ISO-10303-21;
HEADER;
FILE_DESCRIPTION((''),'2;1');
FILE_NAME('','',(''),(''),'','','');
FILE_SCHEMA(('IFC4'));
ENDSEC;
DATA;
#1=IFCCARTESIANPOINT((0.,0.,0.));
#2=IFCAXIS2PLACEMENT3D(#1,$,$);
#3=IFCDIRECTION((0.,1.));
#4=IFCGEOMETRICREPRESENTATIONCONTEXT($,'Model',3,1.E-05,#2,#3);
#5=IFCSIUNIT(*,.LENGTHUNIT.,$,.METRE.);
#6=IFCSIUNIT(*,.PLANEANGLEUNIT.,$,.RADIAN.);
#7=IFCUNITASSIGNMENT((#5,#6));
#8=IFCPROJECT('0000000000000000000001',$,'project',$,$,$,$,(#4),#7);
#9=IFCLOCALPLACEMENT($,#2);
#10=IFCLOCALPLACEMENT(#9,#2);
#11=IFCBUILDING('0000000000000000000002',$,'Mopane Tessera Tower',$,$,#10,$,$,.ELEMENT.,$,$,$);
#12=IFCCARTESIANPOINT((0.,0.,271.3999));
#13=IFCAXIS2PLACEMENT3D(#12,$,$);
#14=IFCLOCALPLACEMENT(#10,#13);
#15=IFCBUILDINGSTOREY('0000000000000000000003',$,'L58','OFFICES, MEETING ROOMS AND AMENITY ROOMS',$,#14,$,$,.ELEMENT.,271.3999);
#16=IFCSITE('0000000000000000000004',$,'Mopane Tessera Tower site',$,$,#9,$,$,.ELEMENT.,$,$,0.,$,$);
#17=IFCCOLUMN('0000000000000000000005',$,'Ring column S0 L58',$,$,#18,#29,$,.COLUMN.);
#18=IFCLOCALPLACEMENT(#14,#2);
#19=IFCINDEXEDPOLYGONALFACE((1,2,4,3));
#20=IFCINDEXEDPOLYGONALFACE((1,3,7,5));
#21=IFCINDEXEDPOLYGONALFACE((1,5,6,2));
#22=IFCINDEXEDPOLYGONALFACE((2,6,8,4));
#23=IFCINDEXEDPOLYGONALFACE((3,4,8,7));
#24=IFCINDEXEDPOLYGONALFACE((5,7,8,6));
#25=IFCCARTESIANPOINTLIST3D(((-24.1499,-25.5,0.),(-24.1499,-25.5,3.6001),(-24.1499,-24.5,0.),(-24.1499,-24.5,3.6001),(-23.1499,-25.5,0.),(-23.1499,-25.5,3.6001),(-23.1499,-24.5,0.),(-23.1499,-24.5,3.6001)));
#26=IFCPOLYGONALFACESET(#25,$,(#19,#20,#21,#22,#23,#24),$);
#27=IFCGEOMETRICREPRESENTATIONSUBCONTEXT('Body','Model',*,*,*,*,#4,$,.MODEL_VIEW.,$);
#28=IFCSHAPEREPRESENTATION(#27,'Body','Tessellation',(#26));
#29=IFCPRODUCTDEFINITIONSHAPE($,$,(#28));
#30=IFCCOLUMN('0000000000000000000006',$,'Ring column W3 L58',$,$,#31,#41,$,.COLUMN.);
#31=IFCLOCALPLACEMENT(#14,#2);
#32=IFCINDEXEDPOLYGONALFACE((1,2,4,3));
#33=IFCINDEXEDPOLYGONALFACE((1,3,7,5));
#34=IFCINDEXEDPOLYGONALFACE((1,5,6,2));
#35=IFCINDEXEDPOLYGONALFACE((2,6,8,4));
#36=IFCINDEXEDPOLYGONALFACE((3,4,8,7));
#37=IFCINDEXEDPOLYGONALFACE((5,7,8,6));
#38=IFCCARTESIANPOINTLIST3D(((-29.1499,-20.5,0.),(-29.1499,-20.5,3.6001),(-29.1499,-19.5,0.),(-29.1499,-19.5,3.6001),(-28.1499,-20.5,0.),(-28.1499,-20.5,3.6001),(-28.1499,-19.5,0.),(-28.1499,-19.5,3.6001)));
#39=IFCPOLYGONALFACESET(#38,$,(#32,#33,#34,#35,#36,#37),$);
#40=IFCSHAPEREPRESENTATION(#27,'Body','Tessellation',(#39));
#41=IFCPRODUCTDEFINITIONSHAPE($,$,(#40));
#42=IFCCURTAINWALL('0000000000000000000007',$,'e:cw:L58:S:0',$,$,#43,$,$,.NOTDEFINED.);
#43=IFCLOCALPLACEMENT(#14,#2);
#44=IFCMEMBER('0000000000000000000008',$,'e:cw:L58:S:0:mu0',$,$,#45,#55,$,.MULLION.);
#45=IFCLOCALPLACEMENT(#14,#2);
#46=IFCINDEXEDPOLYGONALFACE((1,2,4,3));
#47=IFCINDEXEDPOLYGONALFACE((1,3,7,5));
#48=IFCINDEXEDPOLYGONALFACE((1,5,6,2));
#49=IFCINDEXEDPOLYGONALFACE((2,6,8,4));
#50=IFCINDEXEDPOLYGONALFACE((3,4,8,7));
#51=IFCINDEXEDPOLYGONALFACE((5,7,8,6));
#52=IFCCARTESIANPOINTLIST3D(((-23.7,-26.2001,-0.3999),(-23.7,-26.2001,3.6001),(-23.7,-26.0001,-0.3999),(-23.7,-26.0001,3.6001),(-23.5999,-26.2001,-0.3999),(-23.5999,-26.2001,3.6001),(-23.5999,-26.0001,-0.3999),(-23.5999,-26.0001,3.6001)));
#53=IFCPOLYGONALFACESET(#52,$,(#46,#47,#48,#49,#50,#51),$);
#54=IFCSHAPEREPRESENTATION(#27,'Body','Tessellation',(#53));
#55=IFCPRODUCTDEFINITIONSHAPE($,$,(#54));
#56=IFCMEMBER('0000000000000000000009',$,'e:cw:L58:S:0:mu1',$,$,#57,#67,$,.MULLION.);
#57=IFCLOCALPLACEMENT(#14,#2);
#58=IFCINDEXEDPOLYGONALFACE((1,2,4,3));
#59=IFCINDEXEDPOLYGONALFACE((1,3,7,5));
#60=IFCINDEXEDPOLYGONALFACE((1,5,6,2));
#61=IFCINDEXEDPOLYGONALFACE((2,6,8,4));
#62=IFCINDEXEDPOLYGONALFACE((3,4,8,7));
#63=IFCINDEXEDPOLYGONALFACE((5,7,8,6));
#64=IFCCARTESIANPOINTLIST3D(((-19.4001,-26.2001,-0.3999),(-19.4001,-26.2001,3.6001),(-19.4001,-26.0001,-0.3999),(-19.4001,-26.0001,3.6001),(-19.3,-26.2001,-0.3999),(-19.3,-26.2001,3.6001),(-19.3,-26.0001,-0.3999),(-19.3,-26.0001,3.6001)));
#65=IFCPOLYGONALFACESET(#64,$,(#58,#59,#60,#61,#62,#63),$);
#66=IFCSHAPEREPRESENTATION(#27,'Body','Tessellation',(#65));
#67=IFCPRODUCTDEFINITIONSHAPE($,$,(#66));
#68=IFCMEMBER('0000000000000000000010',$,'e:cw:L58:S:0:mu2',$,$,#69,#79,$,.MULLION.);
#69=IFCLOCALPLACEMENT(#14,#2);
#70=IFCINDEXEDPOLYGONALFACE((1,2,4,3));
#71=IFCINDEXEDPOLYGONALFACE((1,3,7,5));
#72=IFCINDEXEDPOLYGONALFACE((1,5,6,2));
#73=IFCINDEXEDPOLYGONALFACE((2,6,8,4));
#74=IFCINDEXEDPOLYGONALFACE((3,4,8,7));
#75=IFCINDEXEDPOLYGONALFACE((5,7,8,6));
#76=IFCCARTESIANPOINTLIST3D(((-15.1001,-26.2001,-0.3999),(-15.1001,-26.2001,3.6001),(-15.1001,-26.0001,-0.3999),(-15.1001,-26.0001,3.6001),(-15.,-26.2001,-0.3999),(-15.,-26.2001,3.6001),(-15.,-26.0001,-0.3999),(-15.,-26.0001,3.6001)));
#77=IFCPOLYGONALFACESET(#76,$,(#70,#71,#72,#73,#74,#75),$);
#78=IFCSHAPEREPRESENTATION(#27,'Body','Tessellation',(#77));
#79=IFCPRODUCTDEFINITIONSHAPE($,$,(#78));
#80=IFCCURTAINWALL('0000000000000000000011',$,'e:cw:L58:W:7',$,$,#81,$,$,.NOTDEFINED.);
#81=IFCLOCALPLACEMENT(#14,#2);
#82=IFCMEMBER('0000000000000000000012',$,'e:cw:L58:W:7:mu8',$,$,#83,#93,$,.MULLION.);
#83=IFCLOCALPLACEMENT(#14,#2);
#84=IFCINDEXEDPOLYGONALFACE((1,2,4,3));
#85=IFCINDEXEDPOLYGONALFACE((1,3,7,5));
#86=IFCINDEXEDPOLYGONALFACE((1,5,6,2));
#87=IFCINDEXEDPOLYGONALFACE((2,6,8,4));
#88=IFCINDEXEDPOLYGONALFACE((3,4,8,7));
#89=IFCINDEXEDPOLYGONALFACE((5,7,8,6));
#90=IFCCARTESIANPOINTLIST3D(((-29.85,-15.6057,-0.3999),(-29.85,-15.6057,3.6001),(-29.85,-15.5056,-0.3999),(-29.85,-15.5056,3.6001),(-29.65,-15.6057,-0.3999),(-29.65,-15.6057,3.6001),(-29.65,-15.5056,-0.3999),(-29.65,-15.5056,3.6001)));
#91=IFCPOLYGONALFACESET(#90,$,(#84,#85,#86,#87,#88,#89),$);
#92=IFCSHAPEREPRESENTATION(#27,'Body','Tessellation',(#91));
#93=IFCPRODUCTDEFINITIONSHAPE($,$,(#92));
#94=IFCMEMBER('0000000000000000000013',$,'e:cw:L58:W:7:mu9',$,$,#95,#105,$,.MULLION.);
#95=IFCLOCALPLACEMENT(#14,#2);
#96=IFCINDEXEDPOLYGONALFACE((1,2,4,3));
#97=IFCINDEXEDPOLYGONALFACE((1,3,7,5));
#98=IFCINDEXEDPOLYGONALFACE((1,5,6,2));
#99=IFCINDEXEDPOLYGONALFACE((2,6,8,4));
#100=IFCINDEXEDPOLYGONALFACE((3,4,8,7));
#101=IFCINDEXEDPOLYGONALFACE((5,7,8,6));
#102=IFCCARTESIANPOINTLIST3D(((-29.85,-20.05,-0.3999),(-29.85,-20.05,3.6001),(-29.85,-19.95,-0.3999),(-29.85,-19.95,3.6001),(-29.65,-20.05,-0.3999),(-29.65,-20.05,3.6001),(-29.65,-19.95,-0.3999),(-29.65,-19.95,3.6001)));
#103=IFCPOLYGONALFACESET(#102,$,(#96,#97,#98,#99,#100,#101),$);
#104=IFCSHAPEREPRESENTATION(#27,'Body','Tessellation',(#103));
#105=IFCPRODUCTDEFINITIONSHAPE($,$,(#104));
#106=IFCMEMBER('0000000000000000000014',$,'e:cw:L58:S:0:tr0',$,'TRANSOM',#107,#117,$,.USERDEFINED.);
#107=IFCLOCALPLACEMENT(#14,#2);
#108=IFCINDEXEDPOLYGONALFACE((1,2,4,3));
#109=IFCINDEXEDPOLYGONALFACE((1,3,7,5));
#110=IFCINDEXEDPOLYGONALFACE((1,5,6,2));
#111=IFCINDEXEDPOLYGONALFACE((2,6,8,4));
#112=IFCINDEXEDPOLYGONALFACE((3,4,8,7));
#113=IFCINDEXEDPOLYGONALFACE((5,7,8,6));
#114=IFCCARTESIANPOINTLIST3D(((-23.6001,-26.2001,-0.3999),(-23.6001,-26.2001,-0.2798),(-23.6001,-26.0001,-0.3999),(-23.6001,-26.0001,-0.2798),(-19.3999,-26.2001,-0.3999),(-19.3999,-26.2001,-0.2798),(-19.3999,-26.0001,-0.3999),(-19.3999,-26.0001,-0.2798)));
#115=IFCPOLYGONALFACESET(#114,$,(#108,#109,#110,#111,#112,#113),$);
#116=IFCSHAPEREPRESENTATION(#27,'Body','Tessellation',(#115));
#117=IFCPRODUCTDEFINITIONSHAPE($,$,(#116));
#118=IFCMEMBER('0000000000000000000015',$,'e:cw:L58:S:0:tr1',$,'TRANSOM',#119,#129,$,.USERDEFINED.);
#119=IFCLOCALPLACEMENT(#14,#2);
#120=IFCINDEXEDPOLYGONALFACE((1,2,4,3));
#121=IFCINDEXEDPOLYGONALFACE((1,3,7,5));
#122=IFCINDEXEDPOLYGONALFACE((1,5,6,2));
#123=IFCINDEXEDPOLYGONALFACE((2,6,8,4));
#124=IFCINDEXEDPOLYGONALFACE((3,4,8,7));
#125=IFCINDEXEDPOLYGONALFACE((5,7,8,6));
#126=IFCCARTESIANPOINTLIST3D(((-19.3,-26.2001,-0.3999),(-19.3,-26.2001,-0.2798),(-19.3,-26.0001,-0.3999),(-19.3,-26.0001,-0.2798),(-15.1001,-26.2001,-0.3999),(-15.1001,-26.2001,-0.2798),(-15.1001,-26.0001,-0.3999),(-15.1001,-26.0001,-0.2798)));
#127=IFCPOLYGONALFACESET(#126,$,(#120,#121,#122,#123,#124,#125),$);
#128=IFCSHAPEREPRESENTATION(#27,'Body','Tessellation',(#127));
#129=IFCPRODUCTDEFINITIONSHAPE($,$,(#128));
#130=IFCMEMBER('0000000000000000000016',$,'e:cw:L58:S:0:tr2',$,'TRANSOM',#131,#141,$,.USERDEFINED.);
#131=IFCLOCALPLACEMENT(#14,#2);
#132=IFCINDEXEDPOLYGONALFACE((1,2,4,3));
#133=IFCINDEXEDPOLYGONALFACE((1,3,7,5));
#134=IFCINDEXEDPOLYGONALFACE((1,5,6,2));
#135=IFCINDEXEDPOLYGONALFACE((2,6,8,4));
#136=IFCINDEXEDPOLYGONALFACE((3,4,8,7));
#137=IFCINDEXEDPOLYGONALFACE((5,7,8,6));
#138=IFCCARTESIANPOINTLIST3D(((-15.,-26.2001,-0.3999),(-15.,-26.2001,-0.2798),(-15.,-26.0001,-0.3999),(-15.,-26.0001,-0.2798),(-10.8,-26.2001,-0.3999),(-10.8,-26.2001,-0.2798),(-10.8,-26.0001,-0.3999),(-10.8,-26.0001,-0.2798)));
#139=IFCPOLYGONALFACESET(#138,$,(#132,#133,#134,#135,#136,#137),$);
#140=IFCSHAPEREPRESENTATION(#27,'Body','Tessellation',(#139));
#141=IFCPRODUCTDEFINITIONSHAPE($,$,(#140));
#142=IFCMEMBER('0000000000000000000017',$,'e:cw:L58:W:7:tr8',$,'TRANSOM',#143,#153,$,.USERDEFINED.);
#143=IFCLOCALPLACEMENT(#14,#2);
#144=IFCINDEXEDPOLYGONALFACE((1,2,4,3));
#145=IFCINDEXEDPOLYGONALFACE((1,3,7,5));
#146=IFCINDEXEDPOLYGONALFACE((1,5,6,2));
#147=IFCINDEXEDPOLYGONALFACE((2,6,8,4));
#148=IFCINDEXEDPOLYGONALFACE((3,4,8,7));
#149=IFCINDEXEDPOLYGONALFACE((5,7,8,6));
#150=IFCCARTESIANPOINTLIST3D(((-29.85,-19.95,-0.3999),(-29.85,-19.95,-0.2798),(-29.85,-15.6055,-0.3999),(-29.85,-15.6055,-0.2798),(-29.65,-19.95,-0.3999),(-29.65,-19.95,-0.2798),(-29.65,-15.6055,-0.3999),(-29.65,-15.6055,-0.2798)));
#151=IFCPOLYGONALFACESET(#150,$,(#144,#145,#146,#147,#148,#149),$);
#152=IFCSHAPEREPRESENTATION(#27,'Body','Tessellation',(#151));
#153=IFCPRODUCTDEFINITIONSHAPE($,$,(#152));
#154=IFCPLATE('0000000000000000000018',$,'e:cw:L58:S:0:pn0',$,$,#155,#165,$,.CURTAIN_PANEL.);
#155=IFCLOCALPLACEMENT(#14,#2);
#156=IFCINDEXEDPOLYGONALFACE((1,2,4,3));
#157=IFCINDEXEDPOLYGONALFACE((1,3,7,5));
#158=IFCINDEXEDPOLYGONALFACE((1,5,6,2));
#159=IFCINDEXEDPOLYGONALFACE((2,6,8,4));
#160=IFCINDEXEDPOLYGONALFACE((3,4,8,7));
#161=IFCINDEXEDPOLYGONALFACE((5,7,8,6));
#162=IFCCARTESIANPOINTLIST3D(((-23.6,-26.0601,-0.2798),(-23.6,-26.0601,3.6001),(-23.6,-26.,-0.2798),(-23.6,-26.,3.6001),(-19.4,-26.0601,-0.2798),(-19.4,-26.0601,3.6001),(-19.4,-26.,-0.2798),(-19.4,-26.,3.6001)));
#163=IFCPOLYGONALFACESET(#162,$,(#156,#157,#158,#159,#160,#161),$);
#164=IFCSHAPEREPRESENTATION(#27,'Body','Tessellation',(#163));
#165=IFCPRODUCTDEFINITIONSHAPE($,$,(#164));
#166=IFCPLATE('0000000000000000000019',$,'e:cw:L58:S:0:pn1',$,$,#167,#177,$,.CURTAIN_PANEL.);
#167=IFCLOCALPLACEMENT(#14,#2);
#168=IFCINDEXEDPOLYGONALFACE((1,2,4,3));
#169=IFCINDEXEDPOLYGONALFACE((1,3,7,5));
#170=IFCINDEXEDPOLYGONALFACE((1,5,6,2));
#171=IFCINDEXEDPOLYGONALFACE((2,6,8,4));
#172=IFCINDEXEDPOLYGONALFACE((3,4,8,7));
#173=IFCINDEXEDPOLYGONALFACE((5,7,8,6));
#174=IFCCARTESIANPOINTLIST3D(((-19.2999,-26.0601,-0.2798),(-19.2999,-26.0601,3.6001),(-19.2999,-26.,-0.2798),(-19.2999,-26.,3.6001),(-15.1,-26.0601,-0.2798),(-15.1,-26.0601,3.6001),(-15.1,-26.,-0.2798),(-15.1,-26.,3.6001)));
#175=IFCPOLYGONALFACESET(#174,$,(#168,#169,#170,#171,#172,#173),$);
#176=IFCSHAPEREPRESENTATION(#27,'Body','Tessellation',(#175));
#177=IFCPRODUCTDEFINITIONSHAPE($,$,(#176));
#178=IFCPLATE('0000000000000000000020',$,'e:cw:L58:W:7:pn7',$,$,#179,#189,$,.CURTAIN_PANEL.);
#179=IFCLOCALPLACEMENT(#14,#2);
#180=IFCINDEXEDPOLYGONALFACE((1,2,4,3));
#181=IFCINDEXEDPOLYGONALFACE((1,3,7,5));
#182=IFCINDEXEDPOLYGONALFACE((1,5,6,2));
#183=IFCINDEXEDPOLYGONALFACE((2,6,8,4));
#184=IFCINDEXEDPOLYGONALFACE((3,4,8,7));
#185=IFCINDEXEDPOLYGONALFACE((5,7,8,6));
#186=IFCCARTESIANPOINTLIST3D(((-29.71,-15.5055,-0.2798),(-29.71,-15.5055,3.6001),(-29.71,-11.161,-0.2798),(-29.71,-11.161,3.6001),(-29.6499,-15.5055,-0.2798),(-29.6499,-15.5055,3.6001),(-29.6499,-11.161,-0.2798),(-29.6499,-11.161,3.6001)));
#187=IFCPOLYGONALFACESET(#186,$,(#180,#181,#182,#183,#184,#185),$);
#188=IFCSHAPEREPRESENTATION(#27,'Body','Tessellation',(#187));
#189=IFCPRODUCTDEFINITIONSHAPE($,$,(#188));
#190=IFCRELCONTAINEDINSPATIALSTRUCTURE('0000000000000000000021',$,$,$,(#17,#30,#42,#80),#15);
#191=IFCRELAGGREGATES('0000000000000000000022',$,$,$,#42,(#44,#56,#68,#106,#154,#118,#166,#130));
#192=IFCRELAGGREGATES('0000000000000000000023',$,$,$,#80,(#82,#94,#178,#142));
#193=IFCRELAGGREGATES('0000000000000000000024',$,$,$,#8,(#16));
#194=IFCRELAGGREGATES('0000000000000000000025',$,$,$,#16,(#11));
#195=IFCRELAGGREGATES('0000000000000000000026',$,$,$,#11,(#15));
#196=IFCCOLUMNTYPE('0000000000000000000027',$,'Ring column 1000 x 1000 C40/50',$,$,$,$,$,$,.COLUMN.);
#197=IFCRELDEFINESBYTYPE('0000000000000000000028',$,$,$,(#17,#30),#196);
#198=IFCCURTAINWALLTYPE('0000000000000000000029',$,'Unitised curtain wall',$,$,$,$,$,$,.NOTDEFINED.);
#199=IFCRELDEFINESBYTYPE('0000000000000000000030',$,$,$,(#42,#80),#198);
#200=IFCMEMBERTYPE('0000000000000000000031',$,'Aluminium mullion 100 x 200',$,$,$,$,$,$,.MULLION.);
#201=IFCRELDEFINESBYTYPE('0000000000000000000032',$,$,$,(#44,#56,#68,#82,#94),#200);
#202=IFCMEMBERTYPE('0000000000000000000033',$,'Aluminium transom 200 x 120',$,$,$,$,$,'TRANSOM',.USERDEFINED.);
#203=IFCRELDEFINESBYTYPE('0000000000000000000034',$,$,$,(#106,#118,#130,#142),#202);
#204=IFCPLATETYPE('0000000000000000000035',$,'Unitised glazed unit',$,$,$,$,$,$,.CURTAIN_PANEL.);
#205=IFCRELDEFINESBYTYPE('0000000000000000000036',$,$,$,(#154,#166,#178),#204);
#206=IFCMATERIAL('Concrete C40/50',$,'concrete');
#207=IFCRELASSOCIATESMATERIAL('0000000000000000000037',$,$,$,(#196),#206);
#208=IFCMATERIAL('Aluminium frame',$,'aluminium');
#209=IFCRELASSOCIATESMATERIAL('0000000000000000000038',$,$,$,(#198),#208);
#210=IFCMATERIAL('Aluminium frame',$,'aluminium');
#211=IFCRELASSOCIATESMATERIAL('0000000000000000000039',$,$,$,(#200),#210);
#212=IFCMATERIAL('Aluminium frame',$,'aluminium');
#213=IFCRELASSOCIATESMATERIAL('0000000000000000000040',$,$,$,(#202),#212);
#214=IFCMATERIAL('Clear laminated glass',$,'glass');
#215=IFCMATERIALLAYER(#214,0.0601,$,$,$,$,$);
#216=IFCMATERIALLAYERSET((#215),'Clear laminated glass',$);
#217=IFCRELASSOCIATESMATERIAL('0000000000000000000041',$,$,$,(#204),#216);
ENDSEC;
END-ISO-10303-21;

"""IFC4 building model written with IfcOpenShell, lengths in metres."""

from ifc_helpers import new_model, si_unit, direction, frame, origin, origin_2d, place, context, subcontext, project, spatial, rectangle, extrude, material, layer, layer_set, material_profile, profile_set, type_object, element, aggregate, save


model = new_model("IFC4")

# Units and contexts
model_context = context("Model", 3, precision=1e-05, world=origin(), true_north=direction((0.0, 1.0)))
body_context = subcontext(model_context, "Body", "Model", "MODEL_VIEW")
ifc_project = project(units=[si_unit("LENGTHUNIT", "METRE"), si_unit("PLANEANGLEUNIT", "RADIAN")], contexts=[model_context])

# Site, building, storey
site_placement = place(None, origin())
site = spatial("IfcSite", under=ifc_project, at=site_placement, Name="Mopane Tessera Tower site", CompositionType="ELEMENT", RefElevation=0.0)
building_placement = place(site_placement, origin())
building = spatial("IfcBuilding", under=site, at=building_placement, Name="Mopane Tessera Tower", CompositionType="ELEMENT")
storey_placement = place(building_placement, frame((0.0, 0.0, 271.3999)))
storey = spatial("IfcBuildingStorey", under=building, at=storey_placement, Name="L58", Description="OFFICES, MEETING ROOMS AND AMENITY ROOMS", CompositionType="ELEMENT", Elevation=271.3999)

# Columns
ifc_material_1 = material(Name="Concrete C40/50", Category="concrete")
ifc_material_profile_1 = material_profile(ifc_material_1, rectangle(XDim=1.0, YDim=1.0, at=origin_2d()))
ifc_profile_set_1 = profile_set([ifc_material_profile_1], Name="Concrete C40/50")
column_type = type_object("IfcColumnType", Name="Ring column 1000 x 1000 C40/50", PredefinedType="COLUMN", material=ifc_profile_set_1)
for number, where, z_axis, x_axis, name in (
    (1, (-23.6499, -25.0, 0.0), (0.0, 0.0, 1.0), (1.0, 0.0, 0.0), "Ring column S0 L58"),
    (2, (-28.6499, -20.0, 0.0), (0.0, 0.0, 1.0), (1.0, 0.0, 0.0), "Ring column W3 L58"),
):
    element("IfcColumn", number, at=place(storey_placement, frame(where, z_axis=z_axis, x_axis=x_axis)), inside=storey, type_object=column_type, Name=name, PredefinedType="COLUMN", context=body_context, shape_type="SweptSolid", body=[
        extrude(rectangle(XDim=1.0, YDim=1.0, at=origin_2d()), origin(), (0.0, 0.0, 1.0), 3.6001),
    ])

# Curtain walls, members
ifc_material_2 = material(Name="Aluminium frame", Category="aluminium")
curtain_wall_type = type_object("IfcCurtainWallType", Name="Unitised curtain wall", PredefinedType="NOTDEFINED", material=ifc_material_2)
curtain_wall_1_placement = place(storey_placement, origin())
curtain_wall_1 = element("IfcCurtainWall", 3, at=curtain_wall_1_placement, inside=storey, type_object=curtain_wall_type, Name="e:cw:L58:S:0", PredefinedType="NOTDEFINED")
ifc_material_3 = material(Name="Aluminium frame", Category="aluminium")
ifc_material_profile_2 = material_profile(ifc_material_3, rectangle(XDim=0.1001, YDim=0.2, at=origin_2d()))
ifc_profile_set_2 = profile_set([ifc_material_profile_2], Name="Aluminium frame")
member_type_1 = type_object("IfcMemberType", Name="Aluminium mullion 100 x 200", PredefinedType="MULLION", material=ifc_profile_set_2)
member_1_placement = place(storey_placement, frame((-23.6499, -26.1001, -0.3999), z_axis=(0.0, 0.0, 1.0), x_axis=(1.0, 0.0, 0.0)))
member_1 = element("IfcMember", 4, at=member_1_placement, type_object=member_type_1, Name="e:cw:L58:S:0:mu0", PredefinedType="MULLION", context=body_context, shape_type="SweptSolid", body=[
    extrude(rectangle(XDim=0.1001, YDim=0.2, at=origin_2d()), origin(), (0.0, 0.0, 1.0), 4.0),
])
member_2_placement = place(storey_placement, frame((-19.3501, -26.1001, -0.3999), z_axis=(0.0, 0.0, 1.0), x_axis=(1.0, 0.0, 0.0)))
member_2 = element("IfcMember", 5, at=member_2_placement, type_object=member_type_1, Name="e:cw:L58:S:0:mu1", PredefinedType="MULLION", context=body_context, shape_type="SweptSolid", body=[
    extrude(rectangle(XDim=0.1001, YDim=0.2, at=origin_2d()), origin(), (0.0, 0.0, 1.0), 4.0),
])
member_3_placement = place(storey_placement, frame((-15.05, -26.1001, -0.3999), z_axis=(0.0, 0.0, 1.0), x_axis=(1.0, 0.0, 0.0)))
member_3 = element("IfcMember", 6, at=member_3_placement, type_object=member_type_1, Name="e:cw:L58:S:0:mu2", PredefinedType="MULLION", context=body_context, shape_type="SweptSolid", body=[
    extrude(rectangle(XDim=0.1001, YDim=0.2, at=origin_2d()), origin(), (0.0, 0.0, 1.0), 4.0),
])
curtain_wall_2_placement = place(storey_placement, origin())
curtain_wall_2 = element("IfcCurtainWall", 7, at=curtain_wall_2_placement, inside=storey, type_object=curtain_wall_type, Name="e:cw:L58:W:7", PredefinedType="NOTDEFINED")
member_4_placement = place(storey_placement, frame((-29.75, -15.5557, -0.3999), z_axis=(0.0, 0.0, 1.0), x_axis=(0.0, -1.0, 0.0)))
member_4 = element("IfcMember", 8, at=member_4_placement, type_object=member_type_1, Name="e:cw:L58:W:7:mu8", PredefinedType="MULLION", context=body_context, shape_type="SweptSolid", body=[
    extrude(rectangle(XDim=0.1001, YDim=0.2, at=origin_2d()), origin(), (0.0, 0.0, 1.0), 4.0),
])
member_5_placement = place(storey_placement, frame((-29.75, -20.0, -0.3999), z_axis=(0.0, 0.0, 1.0), x_axis=(0.0, -1.0, 0.0)))
member_5 = element("IfcMember", 9, at=member_5_placement, type_object=member_type_1, Name="e:cw:L58:W:7:mu9", PredefinedType="MULLION", context=body_context, shape_type="SweptSolid", body=[
    extrude(rectangle(XDim=0.1001, YDim=0.2, at=origin_2d()), origin(), (0.0, 0.0, 1.0), 4.0),
])

# Members
ifc_material_4 = material(Name="Aluminium frame", Category="aluminium")
ifc_material_profile_3 = material_profile(ifc_material_4, rectangle(XDim=0.2, YDim=0.1201, at=origin_2d()))
ifc_profile_set_3 = profile_set([ifc_material_profile_3], Name="Aluminium frame")
member_type_2 = type_object("IfcMemberType", Name="Aluminium transom 200 x 120", ElementType="TRANSOM", PredefinedType="USERDEFINED", material=ifc_profile_set_3)
member_6_placement = place(storey_placement, frame((-23.6001, -26.1001, -0.3398), z_axis=(1.0, 0.0, 0.0), x_axis=(0.0, 1.0, 0.0)))
member_6 = element("IfcMember", 10, at=member_6_placement, type_object=member_type_2, Name="e:cw:L58:S:0:tr0", ObjectType="TRANSOM", PredefinedType="USERDEFINED", context=body_context, shape_type="SweptSolid", body=[
    extrude(rectangle(XDim=0.2, YDim=0.1201, at=origin_2d()), origin(), (0.0, 0.0, 1.0), 4.2002),
])
member_7_placement = place(storey_placement, frame((-19.3, -26.1001, -0.3398), z_axis=(1.0, 0.0, 0.0), x_axis=(0.0, 1.0, 0.0)))
member_7 = element("IfcMember", 11, at=member_7_placement, type_object=member_type_2, Name="e:cw:L58:S:0:tr1", ObjectType="TRANSOM", PredefinedType="USERDEFINED", context=body_context, shape_type="SweptSolid", body=[
    extrude(rectangle(XDim=0.2, YDim=0.1201, at=origin_2d()), origin(), (0.0, 0.0, 1.0), 4.2),
])
member_8_placement = place(storey_placement, frame((-15.0, -26.1001, -0.3398), z_axis=(1.0, 0.0, 0.0), x_axis=(0.0, 1.0, 0.0)))
member_8 = element("IfcMember", 12, at=member_8_placement, type_object=member_type_2, Name="e:cw:L58:S:0:tr2", ObjectType="TRANSOM", PredefinedType="USERDEFINED", context=body_context, shape_type="SweptSolid", body=[
    extrude(rectangle(XDim=0.2, YDim=0.1201, at=origin_2d()), origin(), (0.0, 0.0, 1.0), 4.2),
])
member_9_placement = place(storey_placement, frame((-29.75, -15.6055, -0.3398), z_axis=(0.0, -1.0, 0.0), x_axis=(1.0, 0.0, 0.0)))
member_9 = element("IfcMember", 13, at=member_9_placement, type_object=member_type_2, Name="e:cw:L58:W:7:tr8", ObjectType="TRANSOM", PredefinedType="USERDEFINED", context=body_context, shape_type="SweptSolid", body=[
    extrude(rectangle(XDim=0.2, YDim=0.1201, at=origin_2d()), origin(), (0.0, 0.0, 1.0), 4.3445),
])

# Plates
ifc_material_5 = material(Name="Clear laminated glass", Category="glass")
ifc_layer_1 = layer(ifc_material_5, 0.0601)
ifc_layer_set_1 = layer_set([ifc_layer_1], Name="Clear laminated glass")
plate_type = type_object("IfcPlateType", Name="Unitised glazed unit", PredefinedType="CURTAIN_PANEL", material=ifc_layer_set_1)
plate_1_placement = place(storey_placement, frame((-21.5, -26.03, -0.2798), z_axis=(0.0, 0.0, 1.0), x_axis=(1.0, 0.0, 0.0)))
plate_1 = element("IfcPlate", 14, at=plate_1_placement, type_object=plate_type, Name="e:cw:L58:S:0:pn0", PredefinedType="CURTAIN_PANEL", context=body_context, shape_type="SweptSolid", body=[
    extrude(rectangle(XDim=4.2, YDim=0.0601, at=origin_2d()), origin(), (0.0, 0.0, 1.0), 3.8799),
])
plate_2_placement = place(storey_placement, frame((-17.2, -26.03, -0.2798), z_axis=(0.0, 0.0, 1.0), x_axis=(1.0, 0.0, 0.0)))
plate_2 = element("IfcPlate", 15, at=plate_2_placement, type_object=plate_type, Name="e:cw:L58:S:0:pn1", PredefinedType="CURTAIN_PANEL", context=body_context, shape_type="SweptSolid", body=[
    extrude(rectangle(XDim=4.2, YDim=0.0601, at=origin_2d()), origin(), (0.0, 0.0, 1.0), 3.8799),
])
aggregate(curtain_wall_1, [member_1, member_2, member_3, member_6, plate_1, member_7, plate_2, member_8])
plate_3_placement = place(storey_placement, frame((-29.6799, -13.3333, -0.2798), z_axis=(0.0, 0.0, 1.0), x_axis=(0.0, -1.0, 0.0)))
plate_3 = element("IfcPlate", 16, at=plate_3_placement, type_object=plate_type, Name="e:cw:L58:W:7:pn7", PredefinedType="CURTAIN_PANEL", context=body_context, shape_type="SweptSolid", body=[
    extrude(rectangle(XDim=4.3445, YDim=0.0601, at=origin_2d()), origin(), (0.0, 0.0, 1.0), 3.8799),
])
aggregate(curtain_wall_2, [member_4, member_5, plate_3, member_9])

save(model, "model.ifc")
